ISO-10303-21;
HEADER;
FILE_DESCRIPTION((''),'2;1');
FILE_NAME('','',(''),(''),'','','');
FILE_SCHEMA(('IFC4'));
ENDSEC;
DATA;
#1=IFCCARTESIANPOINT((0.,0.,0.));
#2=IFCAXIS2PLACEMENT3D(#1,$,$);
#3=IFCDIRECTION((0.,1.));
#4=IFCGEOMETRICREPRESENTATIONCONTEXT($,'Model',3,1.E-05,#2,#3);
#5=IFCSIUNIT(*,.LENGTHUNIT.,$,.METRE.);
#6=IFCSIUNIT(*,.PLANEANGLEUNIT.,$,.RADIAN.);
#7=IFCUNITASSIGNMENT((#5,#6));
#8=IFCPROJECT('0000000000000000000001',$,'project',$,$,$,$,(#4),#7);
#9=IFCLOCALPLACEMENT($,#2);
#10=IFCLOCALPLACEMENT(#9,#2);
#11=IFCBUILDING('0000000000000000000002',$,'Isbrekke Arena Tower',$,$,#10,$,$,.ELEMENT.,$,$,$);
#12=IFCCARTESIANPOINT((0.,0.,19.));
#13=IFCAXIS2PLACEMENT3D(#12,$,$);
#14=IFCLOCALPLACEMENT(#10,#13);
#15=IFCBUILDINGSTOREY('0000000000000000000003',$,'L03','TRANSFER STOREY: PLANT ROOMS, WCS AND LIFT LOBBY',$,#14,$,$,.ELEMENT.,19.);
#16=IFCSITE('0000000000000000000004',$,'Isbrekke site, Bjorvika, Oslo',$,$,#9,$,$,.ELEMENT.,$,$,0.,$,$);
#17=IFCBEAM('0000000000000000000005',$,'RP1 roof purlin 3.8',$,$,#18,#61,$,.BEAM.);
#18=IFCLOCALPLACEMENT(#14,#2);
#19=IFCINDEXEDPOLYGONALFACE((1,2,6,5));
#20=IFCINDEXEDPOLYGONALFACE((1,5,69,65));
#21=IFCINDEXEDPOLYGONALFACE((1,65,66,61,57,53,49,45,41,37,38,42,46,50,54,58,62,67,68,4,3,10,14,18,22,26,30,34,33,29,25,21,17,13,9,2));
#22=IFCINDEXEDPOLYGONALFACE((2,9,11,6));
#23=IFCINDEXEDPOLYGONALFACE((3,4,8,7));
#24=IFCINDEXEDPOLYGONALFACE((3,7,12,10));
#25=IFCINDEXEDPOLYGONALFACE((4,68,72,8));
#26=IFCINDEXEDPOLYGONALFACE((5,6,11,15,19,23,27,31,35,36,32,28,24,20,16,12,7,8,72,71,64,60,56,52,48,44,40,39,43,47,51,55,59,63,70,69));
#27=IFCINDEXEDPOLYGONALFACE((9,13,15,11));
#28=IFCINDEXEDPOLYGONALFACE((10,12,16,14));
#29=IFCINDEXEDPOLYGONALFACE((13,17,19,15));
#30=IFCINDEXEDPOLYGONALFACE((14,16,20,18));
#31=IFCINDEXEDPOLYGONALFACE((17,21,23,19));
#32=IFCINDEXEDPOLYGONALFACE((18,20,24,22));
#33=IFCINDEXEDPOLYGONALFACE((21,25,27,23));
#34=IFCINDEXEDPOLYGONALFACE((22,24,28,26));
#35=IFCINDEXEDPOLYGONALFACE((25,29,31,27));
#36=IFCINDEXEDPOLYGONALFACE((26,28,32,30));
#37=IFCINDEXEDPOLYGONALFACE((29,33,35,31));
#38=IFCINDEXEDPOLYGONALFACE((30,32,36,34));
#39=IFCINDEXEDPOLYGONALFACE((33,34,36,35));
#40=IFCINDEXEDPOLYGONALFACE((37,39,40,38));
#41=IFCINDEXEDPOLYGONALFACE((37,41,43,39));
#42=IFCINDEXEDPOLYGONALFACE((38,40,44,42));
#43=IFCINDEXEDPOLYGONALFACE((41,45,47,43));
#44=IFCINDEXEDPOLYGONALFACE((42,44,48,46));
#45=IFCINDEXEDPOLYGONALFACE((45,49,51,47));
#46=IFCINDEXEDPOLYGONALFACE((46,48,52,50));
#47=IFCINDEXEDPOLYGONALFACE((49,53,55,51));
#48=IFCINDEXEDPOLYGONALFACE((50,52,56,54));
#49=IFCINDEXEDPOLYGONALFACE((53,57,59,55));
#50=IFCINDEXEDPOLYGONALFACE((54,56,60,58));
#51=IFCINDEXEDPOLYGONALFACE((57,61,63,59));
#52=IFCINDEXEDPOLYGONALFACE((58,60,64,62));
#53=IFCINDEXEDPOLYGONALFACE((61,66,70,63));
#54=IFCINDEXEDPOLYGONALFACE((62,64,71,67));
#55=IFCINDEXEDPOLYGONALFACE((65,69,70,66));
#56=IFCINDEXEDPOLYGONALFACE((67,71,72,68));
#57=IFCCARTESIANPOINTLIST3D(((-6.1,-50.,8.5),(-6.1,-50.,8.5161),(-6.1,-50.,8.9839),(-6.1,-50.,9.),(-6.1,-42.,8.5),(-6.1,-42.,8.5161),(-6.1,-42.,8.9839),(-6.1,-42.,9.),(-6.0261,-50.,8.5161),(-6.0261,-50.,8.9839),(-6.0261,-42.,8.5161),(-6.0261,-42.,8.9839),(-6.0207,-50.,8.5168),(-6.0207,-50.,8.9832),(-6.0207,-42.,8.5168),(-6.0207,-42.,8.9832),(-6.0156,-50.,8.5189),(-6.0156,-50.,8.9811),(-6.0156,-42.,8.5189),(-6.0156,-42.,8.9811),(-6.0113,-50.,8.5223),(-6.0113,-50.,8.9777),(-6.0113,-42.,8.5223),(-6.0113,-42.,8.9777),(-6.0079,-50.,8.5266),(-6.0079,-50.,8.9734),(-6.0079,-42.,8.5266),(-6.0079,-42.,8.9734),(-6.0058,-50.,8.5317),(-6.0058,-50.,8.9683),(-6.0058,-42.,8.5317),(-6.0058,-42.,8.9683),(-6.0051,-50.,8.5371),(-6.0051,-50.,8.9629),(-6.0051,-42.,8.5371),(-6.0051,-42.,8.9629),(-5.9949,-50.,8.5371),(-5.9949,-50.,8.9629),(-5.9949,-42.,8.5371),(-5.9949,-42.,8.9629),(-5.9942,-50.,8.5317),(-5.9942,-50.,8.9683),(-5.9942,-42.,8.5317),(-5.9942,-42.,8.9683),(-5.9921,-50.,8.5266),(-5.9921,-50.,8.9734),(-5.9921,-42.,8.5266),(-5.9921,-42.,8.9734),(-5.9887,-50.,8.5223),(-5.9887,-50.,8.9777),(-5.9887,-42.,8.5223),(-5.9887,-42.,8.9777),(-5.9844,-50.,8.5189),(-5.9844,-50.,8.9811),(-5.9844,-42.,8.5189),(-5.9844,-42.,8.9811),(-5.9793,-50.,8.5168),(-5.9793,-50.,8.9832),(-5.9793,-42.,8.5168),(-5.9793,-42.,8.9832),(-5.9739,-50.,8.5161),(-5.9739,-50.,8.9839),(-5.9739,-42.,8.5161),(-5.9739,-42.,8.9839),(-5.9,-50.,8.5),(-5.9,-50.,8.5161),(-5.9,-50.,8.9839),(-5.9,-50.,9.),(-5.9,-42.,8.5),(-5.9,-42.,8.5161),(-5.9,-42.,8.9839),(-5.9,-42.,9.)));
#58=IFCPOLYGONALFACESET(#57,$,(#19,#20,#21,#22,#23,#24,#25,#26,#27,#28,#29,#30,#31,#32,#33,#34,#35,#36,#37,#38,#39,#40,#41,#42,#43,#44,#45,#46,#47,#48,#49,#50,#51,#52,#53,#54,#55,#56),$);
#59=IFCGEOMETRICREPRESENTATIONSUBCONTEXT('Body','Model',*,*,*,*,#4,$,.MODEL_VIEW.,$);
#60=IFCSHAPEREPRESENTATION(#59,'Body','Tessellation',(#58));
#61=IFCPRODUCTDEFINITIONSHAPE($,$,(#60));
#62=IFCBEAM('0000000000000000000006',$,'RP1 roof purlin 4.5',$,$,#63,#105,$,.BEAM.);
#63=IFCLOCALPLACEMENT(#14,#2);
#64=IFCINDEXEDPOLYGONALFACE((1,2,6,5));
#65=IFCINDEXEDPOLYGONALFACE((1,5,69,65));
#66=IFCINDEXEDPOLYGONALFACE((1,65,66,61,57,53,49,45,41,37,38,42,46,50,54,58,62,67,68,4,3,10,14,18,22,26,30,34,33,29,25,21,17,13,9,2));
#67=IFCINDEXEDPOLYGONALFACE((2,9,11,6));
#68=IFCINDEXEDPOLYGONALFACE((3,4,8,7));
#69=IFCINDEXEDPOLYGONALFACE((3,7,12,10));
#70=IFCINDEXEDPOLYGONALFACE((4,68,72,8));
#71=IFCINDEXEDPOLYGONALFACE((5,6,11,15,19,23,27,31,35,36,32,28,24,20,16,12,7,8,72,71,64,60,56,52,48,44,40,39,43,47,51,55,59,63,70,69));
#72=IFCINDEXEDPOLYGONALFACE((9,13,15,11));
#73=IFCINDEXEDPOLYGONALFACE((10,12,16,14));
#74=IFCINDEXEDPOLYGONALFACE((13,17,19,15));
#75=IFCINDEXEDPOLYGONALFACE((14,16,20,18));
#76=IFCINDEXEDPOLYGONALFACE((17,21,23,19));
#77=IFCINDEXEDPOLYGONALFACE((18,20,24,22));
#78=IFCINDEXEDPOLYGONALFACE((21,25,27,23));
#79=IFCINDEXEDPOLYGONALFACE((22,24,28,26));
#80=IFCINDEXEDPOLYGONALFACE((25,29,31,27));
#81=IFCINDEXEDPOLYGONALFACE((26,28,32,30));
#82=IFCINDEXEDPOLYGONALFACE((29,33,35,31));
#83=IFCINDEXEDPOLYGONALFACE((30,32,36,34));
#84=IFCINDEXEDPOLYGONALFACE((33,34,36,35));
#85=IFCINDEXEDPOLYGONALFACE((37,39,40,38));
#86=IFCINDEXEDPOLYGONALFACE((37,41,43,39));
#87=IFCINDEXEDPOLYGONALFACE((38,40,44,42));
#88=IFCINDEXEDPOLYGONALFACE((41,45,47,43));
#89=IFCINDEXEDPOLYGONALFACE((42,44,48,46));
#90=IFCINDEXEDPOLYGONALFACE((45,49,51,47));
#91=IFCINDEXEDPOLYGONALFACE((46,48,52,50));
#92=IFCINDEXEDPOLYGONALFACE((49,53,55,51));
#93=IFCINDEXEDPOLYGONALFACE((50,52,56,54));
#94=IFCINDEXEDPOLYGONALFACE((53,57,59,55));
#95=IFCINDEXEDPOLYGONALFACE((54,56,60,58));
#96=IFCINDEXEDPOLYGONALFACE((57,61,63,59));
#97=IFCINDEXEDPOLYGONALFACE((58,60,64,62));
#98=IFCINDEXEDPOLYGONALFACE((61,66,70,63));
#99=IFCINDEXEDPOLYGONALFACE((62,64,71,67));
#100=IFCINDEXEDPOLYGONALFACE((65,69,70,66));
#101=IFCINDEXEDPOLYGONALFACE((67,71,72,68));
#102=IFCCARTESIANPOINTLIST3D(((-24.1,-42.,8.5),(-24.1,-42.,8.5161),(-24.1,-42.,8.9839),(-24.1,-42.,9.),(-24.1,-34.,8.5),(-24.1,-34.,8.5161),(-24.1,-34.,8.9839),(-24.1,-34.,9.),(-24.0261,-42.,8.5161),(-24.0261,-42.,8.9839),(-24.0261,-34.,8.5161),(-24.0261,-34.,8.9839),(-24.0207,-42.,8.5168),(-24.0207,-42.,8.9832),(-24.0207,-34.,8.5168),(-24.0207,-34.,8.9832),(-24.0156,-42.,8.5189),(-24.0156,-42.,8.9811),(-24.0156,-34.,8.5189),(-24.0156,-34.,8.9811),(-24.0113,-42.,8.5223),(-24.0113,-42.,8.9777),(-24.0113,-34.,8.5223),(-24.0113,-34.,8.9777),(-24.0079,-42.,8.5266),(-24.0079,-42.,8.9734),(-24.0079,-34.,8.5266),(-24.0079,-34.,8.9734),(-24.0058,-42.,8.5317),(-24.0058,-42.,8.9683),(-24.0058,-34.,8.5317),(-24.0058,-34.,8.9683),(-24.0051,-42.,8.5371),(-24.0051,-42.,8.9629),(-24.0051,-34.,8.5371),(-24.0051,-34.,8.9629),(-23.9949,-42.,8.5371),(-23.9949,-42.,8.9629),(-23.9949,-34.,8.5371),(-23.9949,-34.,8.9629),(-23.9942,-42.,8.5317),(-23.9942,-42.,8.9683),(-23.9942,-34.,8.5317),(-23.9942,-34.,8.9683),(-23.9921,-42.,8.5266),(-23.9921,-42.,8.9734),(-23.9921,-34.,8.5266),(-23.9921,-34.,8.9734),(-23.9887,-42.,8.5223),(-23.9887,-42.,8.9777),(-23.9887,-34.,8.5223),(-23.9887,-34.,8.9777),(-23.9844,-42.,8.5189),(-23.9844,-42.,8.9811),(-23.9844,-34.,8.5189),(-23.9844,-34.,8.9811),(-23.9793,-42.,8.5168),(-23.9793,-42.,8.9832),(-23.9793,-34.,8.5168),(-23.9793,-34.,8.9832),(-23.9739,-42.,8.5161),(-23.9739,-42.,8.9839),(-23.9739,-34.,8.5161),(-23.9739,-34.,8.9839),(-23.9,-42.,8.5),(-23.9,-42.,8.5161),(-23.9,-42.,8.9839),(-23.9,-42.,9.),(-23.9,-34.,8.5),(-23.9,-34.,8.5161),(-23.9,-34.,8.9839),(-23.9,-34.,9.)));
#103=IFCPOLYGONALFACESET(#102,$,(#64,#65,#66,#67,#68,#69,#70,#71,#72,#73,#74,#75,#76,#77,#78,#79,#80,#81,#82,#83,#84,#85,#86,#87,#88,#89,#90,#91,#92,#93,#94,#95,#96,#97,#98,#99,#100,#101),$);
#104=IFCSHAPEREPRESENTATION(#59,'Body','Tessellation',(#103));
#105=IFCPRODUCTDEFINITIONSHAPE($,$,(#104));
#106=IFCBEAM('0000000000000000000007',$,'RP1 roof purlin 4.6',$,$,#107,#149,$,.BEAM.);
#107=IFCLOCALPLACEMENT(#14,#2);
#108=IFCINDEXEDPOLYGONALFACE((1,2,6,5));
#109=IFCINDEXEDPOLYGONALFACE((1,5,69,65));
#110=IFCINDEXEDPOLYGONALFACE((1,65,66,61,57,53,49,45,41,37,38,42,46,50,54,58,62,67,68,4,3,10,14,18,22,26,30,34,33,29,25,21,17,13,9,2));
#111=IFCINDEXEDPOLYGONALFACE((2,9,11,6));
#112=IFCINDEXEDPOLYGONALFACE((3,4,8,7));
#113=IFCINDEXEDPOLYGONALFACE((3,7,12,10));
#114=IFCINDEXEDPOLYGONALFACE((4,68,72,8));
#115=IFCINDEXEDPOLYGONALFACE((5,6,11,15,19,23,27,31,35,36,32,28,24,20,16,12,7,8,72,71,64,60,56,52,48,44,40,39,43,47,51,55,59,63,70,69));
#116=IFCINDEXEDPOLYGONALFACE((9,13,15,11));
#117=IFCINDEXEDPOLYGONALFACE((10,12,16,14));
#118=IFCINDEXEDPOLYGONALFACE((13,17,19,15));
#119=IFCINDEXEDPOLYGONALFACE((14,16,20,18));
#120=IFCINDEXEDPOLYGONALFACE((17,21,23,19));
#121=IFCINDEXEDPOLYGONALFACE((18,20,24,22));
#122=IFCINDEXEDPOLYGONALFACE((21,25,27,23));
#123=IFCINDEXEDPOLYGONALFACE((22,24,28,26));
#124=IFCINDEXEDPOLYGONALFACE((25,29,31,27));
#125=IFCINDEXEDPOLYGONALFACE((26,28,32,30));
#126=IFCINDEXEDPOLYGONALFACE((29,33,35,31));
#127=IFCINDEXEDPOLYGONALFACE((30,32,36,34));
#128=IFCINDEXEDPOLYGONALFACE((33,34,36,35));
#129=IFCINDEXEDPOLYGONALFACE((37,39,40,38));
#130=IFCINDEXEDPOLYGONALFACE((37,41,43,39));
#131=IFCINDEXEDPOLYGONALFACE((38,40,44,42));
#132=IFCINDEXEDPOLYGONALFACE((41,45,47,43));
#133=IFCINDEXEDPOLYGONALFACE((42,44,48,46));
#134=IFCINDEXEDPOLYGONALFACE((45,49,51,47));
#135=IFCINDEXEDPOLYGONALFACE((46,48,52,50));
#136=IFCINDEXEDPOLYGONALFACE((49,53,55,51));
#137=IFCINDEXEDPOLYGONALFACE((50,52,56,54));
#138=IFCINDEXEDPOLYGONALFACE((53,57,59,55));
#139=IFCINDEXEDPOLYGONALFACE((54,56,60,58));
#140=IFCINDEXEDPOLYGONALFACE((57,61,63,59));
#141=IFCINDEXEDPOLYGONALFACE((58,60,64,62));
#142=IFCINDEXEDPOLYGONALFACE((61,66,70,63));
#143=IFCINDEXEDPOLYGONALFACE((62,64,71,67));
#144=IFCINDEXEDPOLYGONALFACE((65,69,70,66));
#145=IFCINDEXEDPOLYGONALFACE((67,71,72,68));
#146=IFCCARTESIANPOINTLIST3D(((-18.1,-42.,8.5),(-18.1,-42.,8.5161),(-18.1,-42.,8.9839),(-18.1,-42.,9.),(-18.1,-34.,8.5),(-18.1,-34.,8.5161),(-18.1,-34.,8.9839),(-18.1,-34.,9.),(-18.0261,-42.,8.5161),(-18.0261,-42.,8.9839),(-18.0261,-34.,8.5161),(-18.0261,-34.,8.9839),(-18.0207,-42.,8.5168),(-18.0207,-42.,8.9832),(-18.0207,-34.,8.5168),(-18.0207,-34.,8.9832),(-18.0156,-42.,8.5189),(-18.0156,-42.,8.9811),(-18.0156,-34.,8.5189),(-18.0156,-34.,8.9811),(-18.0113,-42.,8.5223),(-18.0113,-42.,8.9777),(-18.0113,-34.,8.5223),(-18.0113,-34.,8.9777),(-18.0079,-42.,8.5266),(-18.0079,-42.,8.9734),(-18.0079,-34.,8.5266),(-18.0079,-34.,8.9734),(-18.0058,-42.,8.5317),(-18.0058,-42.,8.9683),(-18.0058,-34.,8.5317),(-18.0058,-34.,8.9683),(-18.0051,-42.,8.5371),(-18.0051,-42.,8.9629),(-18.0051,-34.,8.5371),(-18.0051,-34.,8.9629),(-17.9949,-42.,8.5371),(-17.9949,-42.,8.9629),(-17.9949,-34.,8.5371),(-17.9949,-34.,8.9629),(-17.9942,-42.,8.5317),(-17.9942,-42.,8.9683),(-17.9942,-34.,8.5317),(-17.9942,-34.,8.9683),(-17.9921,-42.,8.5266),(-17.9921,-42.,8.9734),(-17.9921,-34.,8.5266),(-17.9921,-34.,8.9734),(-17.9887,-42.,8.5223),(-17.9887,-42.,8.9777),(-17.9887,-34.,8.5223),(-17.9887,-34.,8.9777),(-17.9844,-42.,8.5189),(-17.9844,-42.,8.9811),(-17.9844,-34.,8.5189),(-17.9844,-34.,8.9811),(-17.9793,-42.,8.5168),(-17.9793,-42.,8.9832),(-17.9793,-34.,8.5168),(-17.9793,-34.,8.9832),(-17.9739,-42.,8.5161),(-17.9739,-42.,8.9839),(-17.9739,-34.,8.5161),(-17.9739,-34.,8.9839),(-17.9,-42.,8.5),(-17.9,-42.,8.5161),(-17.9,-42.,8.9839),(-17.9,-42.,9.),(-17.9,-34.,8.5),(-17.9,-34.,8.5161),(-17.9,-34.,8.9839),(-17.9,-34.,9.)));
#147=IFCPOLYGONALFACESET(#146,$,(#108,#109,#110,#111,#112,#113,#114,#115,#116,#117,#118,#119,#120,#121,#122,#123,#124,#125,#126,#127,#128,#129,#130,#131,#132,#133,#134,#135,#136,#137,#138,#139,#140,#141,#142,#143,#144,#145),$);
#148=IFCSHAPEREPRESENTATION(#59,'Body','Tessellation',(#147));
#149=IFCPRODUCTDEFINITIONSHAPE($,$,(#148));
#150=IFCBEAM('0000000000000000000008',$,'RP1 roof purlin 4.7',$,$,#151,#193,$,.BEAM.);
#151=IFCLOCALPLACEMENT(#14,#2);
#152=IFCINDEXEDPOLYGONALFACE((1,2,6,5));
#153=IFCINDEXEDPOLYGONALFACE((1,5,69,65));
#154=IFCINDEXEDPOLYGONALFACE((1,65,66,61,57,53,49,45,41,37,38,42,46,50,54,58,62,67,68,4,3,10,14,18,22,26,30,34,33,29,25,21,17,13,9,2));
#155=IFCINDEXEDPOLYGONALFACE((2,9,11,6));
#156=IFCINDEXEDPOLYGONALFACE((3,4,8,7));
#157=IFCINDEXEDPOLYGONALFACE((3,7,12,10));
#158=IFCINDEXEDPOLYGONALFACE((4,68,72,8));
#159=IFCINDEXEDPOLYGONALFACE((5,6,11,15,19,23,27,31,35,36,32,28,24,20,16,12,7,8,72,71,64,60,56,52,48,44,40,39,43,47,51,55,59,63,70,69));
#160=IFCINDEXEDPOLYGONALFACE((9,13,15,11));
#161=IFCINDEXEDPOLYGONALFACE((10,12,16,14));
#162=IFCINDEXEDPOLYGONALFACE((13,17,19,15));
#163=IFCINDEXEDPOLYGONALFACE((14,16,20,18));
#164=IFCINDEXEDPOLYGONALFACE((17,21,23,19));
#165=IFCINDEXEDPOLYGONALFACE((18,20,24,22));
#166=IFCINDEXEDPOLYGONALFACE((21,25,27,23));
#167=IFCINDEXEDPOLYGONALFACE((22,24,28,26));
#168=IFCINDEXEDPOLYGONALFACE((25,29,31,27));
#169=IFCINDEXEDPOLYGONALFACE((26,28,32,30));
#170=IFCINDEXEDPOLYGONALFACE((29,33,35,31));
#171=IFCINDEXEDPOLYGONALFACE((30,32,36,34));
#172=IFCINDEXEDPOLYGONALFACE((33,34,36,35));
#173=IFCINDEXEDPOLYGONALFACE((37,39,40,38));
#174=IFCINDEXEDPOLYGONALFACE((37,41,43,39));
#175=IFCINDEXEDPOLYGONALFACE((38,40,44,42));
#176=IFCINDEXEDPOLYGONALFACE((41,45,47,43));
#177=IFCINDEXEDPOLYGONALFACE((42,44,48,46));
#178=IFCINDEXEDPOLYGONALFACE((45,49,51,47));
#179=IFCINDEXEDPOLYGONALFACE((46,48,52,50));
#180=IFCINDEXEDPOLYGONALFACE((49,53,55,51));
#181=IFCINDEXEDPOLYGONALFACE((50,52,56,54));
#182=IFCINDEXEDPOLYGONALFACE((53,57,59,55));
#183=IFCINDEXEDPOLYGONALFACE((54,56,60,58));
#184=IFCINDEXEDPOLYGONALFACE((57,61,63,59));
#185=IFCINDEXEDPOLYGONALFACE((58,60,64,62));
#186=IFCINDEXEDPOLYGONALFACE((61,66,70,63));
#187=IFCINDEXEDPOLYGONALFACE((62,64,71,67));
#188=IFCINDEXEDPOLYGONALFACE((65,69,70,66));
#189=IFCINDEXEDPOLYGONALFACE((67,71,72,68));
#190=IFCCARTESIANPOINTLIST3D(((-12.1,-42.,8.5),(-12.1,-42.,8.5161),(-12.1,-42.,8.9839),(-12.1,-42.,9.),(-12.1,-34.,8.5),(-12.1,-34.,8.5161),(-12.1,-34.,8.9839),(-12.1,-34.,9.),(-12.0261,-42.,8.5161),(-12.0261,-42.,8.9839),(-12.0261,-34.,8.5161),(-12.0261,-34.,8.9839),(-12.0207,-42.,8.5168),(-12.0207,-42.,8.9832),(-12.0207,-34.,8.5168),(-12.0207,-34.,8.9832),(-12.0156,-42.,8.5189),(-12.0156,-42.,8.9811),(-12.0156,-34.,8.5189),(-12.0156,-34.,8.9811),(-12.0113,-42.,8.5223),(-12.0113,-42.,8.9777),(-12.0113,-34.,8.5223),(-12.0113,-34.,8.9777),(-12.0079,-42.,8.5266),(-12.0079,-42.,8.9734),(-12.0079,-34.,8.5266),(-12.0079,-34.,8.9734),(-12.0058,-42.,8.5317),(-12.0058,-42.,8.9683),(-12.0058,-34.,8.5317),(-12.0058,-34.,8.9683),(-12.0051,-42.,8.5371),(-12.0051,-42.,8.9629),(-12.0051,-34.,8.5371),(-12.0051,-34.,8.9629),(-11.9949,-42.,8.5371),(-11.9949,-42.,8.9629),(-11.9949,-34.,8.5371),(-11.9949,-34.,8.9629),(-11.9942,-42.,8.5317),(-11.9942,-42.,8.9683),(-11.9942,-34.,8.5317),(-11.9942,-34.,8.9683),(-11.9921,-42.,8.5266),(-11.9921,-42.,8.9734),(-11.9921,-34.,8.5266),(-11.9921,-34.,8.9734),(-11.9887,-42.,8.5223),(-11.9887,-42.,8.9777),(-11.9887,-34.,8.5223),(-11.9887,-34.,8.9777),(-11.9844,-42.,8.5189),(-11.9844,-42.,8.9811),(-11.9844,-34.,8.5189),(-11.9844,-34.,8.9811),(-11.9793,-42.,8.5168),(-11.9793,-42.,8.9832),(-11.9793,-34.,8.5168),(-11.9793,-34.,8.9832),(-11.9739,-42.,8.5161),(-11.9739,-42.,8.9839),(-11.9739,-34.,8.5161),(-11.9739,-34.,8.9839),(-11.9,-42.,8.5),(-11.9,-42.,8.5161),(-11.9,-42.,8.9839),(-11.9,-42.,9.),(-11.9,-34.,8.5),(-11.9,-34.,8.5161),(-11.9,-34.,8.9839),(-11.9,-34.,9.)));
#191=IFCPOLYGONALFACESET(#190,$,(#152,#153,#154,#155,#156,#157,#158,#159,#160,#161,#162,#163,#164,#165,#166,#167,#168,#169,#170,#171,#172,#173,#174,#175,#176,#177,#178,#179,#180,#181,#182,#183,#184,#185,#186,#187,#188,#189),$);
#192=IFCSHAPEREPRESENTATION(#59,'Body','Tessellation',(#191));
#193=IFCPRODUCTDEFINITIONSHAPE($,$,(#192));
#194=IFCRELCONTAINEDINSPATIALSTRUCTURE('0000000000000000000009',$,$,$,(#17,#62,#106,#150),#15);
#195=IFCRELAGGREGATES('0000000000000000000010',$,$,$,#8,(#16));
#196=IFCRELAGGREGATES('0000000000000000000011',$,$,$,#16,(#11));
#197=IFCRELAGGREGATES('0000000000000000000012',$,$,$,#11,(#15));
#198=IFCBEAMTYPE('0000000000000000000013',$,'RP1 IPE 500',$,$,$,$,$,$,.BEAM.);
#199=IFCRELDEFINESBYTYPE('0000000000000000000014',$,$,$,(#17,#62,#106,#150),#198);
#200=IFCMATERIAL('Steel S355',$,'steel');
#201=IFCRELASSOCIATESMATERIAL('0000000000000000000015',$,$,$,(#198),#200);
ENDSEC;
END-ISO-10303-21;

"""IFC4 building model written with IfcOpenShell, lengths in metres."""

from ifc_helpers import new_model, si_unit, direction, frame, origin, origin_2d, place, context, subcontext, project, spatial, i_section, extrude, material, material_profile, profile_set, type_object, element, save


model = new_model("IFC4")

# Units and contexts
model_context = context("Model", 3, precision=1e-05, world=origin(), true_north=direction((0.0, 1.0)))
body_context = subcontext(model_context, "Body", "Model", "MODEL_VIEW")
ifc_project = project(units=[si_unit("LENGTHUNIT", "METRE"), si_unit("PLANEANGLEUNIT", "RADIAN")], contexts=[model_context])

# Site, building, storey
site_placement = place(None, origin())
site = spatial("IfcSite", under=ifc_project, at=site_placement, Name="Isbrekke site, Bjorvika, Oslo", CompositionType="ELEMENT", RefElevation=0.0)
building_placement = place(site_placement, origin())
building = spatial("IfcBuilding", under=site, at=building_placement, Name="Isbrekke Arena Tower", CompositionType="ELEMENT")
storey_placement = place(building_placement, frame((0.0, 0.0, 19.0)))
storey = spatial("IfcBuildingStorey", under=building, at=storey_placement, Name="L03", Description="TRANSFER STOREY: PLANT ROOMS, WCS AND LIFT LOBBY", CompositionType="ELEMENT", Elevation=19.0)

# Beams
ifc_material_1 = material(Name="Steel S355", Category="steel")
ifc_material_profile_1 = material_profile(ifc_material_1, i_section(OverallWidth=0.2, OverallDepth=0.5, WebThickness=0.0103, FlangeThickness=0.0161, FilletRadius=0.021, at=origin_2d()), Name="IPE 500")
ifc_profile_set_1 = profile_set([ifc_material_profile_1], Name="Steel S355")
beam_type = type_object("IfcBeamType", Name="RP1 IPE 500", PredefinedType="BEAM", material=ifc_profile_set_1)
for number, where, z_axis, x_axis, name in (
    (1, (-6.0, -50.0, 8.75), (0.0, 1.0, 0.0), (-1.0, 0.0, 0.0), "RP1 roof purlin 3.8"),
    (2, (-24.0, -42.0, 8.75), (0.0, 1.0, 0.0), (-1.0, 0.0, 0.0), "RP1 roof purlin 4.5"),
    (3, (-18.0, -42.0, 8.75), (0.0, 1.0, 0.0), (-1.0, 0.0, 0.0), "RP1 roof purlin 4.6"),
    (4, (-12.0, -42.0, 8.75), (0.0, 1.0, 0.0), (-1.0, 0.0, 0.0), "RP1 roof purlin 4.7"),
):
    element("IfcBeam", number, at=place(storey_placement, frame(where, z_axis=z_axis, x_axis=x_axis)), inside=storey, type_object=beam_type, Name=name, PredefinedType="BEAM", context=body_context, shape_type="SweptSolid", body=[
        extrude(i_section(OverallWidth=0.2, OverallDepth=0.5, WebThickness=0.0103, FlangeThickness=0.0161, FilletRadius=0.021, at=origin_2d()), origin(), (0.0, 0.0, 1.0), 8.0),
    ])

save(model, "model.ifc")
